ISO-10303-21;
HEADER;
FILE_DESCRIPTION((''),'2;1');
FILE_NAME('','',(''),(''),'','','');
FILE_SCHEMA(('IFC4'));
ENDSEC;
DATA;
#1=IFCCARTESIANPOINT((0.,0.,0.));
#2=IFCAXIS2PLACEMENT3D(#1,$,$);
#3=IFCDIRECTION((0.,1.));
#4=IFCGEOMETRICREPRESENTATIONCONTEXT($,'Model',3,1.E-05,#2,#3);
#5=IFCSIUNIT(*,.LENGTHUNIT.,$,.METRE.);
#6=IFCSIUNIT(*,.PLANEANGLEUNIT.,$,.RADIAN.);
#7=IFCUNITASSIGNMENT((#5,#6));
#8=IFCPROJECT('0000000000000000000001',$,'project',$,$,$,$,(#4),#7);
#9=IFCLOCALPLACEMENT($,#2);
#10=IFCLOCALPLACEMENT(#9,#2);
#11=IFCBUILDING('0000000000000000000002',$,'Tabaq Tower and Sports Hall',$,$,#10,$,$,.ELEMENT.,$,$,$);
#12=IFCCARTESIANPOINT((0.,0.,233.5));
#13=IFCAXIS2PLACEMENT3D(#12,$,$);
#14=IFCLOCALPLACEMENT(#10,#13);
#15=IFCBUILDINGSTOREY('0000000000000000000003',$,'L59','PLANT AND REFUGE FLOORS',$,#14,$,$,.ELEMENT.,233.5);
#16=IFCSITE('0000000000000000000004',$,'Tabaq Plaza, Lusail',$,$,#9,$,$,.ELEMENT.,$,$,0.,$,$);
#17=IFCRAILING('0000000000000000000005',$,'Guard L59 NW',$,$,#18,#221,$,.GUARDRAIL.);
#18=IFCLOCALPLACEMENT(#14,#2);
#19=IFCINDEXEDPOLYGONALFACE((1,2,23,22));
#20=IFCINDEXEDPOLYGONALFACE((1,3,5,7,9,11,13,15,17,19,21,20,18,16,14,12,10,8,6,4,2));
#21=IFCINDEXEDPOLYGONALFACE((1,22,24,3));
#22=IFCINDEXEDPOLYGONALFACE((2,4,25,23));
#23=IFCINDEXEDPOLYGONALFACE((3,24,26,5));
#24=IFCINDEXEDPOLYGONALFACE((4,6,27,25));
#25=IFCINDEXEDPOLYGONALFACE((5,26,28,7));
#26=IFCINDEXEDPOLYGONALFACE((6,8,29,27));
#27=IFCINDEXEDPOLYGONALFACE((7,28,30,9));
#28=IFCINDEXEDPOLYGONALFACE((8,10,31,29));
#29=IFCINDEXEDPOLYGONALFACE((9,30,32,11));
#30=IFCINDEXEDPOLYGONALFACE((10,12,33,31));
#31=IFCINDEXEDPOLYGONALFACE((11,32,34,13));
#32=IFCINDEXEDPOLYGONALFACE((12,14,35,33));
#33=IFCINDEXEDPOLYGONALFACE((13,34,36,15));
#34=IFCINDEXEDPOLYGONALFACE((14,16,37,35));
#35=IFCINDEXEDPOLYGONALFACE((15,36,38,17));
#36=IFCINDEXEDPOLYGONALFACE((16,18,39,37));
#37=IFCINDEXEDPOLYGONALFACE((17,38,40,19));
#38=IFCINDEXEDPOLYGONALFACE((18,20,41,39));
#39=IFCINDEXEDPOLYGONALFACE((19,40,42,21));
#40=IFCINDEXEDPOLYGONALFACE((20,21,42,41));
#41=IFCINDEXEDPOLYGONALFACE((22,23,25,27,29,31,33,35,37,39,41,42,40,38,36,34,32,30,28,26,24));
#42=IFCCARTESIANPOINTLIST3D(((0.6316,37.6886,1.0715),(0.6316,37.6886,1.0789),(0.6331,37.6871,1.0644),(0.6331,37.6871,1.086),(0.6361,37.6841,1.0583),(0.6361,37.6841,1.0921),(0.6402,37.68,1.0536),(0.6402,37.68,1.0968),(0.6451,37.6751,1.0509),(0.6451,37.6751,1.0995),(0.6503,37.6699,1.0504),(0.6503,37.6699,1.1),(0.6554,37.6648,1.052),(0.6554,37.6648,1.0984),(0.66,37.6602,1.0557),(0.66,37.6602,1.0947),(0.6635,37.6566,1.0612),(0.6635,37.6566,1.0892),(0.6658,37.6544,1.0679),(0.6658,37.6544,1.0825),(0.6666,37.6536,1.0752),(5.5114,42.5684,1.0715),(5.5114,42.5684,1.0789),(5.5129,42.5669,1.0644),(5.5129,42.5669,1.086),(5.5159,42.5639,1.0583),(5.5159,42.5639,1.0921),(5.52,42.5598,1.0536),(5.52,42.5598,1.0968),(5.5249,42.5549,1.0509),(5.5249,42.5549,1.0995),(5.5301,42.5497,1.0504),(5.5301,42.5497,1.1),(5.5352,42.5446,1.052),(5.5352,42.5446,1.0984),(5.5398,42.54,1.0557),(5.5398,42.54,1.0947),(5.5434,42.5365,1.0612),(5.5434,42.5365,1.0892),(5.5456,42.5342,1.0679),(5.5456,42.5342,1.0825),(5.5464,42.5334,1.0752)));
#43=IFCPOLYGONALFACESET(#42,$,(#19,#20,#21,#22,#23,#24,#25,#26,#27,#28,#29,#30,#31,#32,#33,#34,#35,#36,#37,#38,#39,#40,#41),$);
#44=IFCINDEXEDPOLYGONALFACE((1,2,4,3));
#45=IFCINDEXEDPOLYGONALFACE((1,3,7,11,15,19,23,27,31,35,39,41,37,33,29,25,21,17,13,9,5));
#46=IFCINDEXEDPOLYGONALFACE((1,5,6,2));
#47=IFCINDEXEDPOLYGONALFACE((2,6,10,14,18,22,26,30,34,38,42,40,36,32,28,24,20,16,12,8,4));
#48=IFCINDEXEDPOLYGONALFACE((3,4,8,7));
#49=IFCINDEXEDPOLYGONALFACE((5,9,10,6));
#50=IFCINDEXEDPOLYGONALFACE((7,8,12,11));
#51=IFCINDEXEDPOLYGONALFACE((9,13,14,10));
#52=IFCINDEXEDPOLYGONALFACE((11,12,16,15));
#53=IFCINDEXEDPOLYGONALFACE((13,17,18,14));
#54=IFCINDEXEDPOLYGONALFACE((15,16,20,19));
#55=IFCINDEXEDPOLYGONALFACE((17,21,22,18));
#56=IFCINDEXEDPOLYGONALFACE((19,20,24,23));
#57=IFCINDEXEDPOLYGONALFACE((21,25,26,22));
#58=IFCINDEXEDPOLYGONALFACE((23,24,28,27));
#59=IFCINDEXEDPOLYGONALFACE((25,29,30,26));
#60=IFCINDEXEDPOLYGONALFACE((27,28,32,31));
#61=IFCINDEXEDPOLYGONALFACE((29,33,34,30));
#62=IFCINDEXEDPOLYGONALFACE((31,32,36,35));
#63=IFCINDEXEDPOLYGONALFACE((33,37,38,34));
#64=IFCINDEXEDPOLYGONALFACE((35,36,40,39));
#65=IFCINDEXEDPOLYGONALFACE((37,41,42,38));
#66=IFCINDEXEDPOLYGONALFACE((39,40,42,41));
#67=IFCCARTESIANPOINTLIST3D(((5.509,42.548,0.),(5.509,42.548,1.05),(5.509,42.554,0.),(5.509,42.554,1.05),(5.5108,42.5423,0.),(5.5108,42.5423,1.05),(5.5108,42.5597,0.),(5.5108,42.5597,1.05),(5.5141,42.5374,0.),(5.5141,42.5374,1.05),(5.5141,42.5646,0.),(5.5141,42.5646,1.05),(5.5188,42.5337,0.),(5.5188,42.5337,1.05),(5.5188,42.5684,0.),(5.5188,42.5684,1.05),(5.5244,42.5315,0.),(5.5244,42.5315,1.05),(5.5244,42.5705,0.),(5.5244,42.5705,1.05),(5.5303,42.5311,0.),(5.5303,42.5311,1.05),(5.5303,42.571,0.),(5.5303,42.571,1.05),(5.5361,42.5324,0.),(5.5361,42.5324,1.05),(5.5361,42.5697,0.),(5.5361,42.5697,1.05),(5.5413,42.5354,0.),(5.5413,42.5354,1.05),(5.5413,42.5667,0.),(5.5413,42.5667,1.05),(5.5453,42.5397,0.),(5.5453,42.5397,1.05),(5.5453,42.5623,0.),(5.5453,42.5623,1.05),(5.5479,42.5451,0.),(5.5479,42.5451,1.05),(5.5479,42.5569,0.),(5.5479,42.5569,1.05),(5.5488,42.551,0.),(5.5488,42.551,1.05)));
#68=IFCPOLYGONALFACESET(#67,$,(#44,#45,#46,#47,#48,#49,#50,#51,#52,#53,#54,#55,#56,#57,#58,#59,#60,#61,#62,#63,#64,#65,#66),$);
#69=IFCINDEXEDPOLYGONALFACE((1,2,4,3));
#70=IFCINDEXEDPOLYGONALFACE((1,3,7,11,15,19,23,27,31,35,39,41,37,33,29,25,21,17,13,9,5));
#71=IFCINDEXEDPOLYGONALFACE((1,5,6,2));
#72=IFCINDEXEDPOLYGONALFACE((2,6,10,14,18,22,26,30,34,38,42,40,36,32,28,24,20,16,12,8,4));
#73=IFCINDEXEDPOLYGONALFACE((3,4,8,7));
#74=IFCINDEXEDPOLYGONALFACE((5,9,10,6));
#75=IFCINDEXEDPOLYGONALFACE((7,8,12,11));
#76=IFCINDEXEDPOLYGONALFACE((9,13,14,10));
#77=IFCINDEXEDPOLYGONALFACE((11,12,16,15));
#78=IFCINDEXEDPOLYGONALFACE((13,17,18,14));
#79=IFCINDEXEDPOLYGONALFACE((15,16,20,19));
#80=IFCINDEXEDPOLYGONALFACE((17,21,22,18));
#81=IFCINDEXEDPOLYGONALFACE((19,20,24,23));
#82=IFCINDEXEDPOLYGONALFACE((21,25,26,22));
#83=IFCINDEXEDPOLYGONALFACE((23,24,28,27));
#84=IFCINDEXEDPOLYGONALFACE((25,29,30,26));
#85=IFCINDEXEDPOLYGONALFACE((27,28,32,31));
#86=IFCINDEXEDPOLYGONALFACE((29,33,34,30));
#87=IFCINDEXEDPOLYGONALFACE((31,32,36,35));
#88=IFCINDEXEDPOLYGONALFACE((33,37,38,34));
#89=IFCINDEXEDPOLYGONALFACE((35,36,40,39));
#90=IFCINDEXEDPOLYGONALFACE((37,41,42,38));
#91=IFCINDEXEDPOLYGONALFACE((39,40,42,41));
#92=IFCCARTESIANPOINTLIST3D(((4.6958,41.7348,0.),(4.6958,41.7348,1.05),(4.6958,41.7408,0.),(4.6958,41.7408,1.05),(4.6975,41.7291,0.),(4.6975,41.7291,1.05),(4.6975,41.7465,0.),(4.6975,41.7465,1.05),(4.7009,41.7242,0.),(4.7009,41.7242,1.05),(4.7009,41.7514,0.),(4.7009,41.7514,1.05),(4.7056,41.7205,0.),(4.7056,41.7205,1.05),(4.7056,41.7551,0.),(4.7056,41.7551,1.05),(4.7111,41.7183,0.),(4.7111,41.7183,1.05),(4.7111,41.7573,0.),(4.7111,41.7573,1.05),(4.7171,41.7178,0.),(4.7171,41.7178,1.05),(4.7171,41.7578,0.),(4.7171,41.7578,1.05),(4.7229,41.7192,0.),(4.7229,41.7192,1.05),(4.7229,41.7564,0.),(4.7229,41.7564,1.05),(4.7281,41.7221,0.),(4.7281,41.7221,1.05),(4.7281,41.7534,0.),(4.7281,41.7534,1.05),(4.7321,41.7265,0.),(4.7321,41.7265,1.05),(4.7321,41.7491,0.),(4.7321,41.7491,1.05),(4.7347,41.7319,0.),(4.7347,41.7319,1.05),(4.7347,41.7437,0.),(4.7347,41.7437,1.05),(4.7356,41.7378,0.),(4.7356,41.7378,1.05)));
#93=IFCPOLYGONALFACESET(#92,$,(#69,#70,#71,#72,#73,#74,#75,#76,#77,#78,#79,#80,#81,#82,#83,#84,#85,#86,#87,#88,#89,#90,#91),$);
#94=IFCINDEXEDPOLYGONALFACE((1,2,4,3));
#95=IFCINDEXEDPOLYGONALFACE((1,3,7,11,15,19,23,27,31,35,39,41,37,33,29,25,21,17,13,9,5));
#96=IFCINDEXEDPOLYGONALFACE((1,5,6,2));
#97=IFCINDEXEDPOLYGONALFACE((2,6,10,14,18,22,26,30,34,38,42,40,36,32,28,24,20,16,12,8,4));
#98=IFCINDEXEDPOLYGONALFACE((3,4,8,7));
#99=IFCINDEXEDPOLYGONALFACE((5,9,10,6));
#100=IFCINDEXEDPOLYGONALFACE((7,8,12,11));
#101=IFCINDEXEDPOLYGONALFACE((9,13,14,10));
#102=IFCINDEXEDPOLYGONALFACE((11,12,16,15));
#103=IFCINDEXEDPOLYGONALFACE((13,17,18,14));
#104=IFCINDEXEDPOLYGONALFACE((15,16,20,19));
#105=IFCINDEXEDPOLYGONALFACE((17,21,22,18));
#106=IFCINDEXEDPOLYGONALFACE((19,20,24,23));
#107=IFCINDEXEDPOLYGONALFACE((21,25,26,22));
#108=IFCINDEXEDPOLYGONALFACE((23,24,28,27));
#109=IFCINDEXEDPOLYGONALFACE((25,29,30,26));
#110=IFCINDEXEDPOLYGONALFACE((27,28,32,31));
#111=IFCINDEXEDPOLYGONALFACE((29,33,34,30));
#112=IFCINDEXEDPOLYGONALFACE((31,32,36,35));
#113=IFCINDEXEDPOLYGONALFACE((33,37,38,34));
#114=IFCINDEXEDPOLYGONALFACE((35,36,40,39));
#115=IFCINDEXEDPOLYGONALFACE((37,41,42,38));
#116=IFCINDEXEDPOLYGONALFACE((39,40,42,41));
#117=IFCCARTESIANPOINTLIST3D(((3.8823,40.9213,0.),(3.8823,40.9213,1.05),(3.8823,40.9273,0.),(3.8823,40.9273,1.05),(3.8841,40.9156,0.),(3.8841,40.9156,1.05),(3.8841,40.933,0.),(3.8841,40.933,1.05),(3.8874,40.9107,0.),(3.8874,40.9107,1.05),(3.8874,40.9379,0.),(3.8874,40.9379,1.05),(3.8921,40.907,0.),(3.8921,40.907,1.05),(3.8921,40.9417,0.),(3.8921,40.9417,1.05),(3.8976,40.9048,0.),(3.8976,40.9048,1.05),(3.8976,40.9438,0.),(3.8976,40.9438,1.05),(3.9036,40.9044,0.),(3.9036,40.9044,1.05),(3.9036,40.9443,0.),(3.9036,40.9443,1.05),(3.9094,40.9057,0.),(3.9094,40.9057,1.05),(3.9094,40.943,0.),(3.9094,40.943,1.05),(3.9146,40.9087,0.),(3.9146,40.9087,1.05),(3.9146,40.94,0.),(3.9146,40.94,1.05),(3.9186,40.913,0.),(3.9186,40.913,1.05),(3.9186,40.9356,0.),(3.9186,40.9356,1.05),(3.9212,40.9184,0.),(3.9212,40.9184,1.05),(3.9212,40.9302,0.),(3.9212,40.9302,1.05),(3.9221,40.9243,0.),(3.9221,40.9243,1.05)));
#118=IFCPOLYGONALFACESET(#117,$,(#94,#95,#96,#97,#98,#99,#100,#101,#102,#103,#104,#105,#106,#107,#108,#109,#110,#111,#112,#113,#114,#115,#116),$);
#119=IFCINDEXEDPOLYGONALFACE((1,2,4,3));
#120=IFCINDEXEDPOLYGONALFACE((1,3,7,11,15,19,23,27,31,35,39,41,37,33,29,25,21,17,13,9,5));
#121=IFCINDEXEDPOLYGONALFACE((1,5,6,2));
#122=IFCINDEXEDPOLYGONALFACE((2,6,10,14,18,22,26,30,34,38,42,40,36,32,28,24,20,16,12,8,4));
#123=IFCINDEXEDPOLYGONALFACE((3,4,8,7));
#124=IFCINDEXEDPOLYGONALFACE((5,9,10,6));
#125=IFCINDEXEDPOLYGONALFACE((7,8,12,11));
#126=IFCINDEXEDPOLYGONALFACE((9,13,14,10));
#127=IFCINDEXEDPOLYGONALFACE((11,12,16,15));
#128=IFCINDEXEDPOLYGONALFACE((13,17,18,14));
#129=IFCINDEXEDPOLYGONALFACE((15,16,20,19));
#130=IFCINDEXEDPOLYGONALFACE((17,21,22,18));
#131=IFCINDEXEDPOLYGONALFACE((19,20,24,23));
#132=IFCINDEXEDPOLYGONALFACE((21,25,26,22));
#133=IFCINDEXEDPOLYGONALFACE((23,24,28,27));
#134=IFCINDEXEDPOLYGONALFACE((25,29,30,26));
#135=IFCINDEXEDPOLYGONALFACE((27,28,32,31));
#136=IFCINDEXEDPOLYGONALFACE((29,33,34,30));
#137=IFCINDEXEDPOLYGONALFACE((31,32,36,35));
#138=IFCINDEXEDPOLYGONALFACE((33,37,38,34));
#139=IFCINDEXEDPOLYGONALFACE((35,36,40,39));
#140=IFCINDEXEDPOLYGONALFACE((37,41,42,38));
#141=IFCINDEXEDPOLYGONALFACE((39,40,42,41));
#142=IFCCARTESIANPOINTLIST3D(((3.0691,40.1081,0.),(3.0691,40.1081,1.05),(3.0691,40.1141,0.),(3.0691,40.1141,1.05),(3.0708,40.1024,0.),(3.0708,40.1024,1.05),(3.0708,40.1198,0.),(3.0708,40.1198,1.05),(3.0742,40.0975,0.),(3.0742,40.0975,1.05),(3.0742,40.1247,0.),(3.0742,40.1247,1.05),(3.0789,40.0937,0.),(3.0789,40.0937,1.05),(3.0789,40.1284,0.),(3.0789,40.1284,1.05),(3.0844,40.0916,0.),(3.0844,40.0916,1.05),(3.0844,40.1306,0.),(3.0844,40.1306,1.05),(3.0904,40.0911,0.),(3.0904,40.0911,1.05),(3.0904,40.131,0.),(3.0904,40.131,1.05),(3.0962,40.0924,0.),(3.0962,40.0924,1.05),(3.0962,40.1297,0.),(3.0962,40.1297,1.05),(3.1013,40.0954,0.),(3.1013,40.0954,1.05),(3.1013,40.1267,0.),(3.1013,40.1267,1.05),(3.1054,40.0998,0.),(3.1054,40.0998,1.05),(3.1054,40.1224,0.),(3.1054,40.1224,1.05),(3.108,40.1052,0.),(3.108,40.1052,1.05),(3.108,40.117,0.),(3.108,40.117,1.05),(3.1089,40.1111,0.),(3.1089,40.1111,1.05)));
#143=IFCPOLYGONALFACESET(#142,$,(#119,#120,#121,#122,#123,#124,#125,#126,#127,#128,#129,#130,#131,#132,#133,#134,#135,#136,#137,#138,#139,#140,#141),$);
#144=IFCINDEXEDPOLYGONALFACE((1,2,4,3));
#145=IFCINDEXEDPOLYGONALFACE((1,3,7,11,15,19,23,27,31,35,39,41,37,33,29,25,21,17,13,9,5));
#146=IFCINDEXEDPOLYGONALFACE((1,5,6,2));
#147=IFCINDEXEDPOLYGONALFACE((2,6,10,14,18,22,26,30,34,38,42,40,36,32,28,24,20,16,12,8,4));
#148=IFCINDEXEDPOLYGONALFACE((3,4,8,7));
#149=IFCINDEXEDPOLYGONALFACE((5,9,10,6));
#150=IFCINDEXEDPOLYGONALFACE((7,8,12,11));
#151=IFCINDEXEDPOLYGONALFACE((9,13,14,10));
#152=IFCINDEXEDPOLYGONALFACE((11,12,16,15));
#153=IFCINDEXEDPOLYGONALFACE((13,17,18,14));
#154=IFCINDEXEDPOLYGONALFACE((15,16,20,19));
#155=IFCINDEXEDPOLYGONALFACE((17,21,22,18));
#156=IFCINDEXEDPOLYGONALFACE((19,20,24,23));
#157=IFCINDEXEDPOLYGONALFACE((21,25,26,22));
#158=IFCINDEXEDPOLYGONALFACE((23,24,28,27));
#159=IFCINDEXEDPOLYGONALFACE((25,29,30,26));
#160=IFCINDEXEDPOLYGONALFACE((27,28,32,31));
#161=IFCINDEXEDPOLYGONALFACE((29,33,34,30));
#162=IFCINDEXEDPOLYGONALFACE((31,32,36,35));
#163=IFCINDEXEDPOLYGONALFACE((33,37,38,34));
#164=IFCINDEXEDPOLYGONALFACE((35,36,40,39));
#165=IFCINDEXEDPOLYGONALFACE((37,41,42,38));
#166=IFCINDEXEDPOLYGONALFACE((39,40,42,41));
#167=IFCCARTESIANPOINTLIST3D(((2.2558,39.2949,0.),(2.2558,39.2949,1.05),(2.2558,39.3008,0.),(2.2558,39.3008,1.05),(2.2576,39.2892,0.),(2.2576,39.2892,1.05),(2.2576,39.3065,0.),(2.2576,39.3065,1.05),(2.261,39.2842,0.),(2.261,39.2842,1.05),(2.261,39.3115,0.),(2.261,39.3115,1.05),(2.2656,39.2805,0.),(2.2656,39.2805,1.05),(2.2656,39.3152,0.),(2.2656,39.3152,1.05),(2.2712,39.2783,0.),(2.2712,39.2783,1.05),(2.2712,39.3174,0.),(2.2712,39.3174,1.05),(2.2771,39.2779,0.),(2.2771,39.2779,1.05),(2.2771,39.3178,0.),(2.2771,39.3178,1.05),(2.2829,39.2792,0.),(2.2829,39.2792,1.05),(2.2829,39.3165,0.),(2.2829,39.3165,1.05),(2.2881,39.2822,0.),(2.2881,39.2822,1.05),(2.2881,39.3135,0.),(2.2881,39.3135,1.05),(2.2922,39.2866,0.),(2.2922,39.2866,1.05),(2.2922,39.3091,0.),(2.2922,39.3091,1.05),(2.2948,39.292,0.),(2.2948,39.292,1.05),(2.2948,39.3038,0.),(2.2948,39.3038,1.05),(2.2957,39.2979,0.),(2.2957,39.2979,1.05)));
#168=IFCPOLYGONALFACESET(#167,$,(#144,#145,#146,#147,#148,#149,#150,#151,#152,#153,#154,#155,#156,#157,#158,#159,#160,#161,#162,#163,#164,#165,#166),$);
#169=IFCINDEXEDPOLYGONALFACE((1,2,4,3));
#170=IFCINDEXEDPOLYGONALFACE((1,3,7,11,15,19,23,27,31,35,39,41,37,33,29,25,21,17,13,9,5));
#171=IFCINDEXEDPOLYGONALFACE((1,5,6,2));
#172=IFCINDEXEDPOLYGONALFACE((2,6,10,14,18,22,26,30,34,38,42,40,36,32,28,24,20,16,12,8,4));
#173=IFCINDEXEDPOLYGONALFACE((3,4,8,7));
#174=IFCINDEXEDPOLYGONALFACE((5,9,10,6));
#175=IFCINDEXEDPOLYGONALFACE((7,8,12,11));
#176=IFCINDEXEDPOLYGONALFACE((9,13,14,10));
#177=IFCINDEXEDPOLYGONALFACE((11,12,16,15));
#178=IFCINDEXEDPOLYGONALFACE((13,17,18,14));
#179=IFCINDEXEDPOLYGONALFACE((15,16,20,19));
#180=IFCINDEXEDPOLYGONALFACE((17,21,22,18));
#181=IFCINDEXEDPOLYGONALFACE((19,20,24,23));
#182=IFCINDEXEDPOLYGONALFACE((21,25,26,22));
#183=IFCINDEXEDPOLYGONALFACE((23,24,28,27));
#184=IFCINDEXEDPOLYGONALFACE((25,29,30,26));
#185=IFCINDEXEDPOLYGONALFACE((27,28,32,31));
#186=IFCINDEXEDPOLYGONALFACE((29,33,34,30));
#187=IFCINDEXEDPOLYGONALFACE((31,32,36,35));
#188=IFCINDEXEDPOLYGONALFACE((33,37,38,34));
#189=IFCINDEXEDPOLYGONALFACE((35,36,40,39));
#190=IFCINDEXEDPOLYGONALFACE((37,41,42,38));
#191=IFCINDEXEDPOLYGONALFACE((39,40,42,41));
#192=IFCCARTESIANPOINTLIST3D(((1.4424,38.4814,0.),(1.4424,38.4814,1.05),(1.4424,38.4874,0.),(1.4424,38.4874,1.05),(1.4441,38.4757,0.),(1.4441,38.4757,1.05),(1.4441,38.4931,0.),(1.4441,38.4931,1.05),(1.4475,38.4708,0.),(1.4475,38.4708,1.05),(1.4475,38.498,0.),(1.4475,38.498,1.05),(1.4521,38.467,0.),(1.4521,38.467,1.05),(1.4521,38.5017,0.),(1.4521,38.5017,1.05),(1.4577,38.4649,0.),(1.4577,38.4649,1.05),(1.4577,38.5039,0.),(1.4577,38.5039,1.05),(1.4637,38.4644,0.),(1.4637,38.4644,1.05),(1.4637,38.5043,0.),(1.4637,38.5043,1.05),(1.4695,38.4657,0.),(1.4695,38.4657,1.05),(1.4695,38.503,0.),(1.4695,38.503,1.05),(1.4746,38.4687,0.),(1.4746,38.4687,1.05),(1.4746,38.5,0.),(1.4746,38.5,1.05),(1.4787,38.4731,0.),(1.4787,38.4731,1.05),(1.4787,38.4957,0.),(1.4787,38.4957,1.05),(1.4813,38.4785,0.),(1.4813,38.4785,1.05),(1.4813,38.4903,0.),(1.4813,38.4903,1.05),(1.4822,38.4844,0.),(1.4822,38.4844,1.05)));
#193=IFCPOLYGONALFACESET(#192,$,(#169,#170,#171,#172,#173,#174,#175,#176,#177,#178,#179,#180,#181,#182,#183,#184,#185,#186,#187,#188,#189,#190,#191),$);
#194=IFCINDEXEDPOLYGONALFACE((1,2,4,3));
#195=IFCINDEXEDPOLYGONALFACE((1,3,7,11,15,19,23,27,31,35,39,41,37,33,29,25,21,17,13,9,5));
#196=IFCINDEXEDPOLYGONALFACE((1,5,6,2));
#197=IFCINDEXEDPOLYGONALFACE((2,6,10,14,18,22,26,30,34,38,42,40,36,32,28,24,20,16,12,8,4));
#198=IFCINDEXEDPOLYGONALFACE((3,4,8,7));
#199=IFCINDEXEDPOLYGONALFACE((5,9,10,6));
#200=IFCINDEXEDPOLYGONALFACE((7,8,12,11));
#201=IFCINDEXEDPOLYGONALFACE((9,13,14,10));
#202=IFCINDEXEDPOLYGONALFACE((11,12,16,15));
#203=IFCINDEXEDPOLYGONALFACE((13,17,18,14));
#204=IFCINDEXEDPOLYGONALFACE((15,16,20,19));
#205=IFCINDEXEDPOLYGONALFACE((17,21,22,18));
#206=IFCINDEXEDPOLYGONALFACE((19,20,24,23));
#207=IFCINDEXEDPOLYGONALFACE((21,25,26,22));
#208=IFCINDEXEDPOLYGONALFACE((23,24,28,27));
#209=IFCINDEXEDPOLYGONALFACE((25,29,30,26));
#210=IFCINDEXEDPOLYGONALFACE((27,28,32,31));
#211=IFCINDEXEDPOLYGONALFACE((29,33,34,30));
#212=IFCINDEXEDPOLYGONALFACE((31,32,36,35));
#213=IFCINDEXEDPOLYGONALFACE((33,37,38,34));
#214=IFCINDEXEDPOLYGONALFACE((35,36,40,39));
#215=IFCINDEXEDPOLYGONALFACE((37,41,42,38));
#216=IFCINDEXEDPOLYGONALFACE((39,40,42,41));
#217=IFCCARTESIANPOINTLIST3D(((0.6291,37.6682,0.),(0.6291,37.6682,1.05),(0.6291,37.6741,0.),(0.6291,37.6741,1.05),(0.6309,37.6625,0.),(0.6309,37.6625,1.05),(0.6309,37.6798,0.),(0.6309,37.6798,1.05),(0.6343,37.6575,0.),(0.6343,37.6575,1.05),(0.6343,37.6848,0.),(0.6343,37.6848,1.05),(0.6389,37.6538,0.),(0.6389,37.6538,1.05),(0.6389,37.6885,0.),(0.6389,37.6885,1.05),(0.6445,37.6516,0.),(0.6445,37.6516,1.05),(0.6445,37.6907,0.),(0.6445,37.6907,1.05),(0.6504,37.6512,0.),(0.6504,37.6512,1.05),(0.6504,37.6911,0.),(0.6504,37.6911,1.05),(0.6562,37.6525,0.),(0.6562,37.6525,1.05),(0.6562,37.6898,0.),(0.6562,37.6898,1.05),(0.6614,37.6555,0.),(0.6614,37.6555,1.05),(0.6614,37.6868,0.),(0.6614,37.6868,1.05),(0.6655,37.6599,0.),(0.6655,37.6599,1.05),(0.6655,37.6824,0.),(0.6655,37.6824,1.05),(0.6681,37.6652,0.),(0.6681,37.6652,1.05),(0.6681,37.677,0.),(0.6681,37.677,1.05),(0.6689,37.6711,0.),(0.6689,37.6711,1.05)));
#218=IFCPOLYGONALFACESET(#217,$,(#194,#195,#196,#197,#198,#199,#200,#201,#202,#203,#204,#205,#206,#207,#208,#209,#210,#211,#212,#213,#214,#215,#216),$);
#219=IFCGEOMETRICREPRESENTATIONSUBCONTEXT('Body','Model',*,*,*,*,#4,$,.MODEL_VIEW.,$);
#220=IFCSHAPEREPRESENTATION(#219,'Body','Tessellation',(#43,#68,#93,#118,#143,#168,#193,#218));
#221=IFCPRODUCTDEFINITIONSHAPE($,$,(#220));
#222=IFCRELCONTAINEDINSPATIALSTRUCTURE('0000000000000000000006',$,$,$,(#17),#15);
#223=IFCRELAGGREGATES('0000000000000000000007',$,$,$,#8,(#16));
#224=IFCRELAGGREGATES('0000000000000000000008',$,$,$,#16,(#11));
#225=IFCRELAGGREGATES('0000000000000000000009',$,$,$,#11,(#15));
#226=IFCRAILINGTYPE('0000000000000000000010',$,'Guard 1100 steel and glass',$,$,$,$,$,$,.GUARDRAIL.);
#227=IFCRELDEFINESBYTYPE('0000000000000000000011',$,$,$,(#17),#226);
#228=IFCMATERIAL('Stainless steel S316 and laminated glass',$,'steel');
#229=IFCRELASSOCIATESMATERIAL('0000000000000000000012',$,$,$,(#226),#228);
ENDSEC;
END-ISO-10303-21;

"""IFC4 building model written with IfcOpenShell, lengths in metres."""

from ifc_helpers import new_model, si_unit, direction, frame, origin, origin_2d, place, context, subcontext, project, spatial, circle, extrude, material, type_object, element, save


model = new_model("IFC4")

# Units and contexts
model_context = context("Model", 3, precision=1e-05, world=origin(), true_north=direction((0.0, 1.0)))
body_context = subcontext(model_context, "Body", "Model", "MODEL_VIEW")
ifc_project = project(units=[si_unit("LENGTHUNIT", "METRE"), si_unit("PLANEANGLEUNIT", "RADIAN")], contexts=[model_context])

# Site, building, storey
site_placement = place(None, origin())
site = spatial("IfcSite", under=ifc_project, at=site_placement, Name="Tabaq Plaza, Lusail", CompositionType="ELEMENT", RefElevation=0.0)
building_placement = place(site_placement, origin())
building = spatial("IfcBuilding", under=site, at=building_placement, Name="Tabaq Tower and Sports Hall", CompositionType="ELEMENT")
storey_placement = place(building_placement, frame((0.0, 0.0, 233.5)))
storey = spatial("IfcBuildingStorey", under=building, at=storey_placement, Name="L59", Description="PLANT AND REFUGE FLOORS", CompositionType="ELEMENT", Elevation=233.5)

# Railing
ifc_material_1 = material(Name="Stainless steel S316 and laminated glass", Category="steel")
railing_type = type_object("IfcRailingType", Name="Guard 1100 steel and glass", PredefinedType="GUARDRAIL", material=ifc_material_1)
railing_1_placement = place(storey_placement, frame((5.5288, 42.551, 0.0)))
element("IfcRailing", 1, at=railing_1_placement, inside=storey, type_object=railing_type, Name="Guard L59 NW", PredefinedType="GUARDRAIL", context=body_context, shape_type="SweptSolid", body=[
    extrude(circle(Radius=0.0249, at=origin_2d()), frame((0.0, 0.0, 1.0752), z_axis=(-0.707107, -0.707107, 0.0), x_axis=(0.707107, -0.707107, 0.0)), (0.0, 0.0, 1.0), 6.9011),
    extrude(circle(Radius=0.02, at=origin_2d()), origin(), (0.0, 0.0, 1.0), 1.05),
    extrude(circle(Radius=0.02, at=origin_2d()), frame((-0.8132, -0.8132, 0.0)), (0.0, 0.0, 1.0), 1.05),
    extrude(circle(Radius=0.02, at=origin_2d()), frame((-1.6267, -1.6267, 0.0)), (0.0, 0.0, 1.0), 1.05),
    extrude(circle(Radius=0.02, at=origin_2d()), frame((-2.4399, -2.4399, 0.0)), (0.0, 0.0, 1.0), 1.05),
    extrude(circle(Radius=0.02, at=origin_2d()), frame((-3.2532, -3.2532, 0.0)), (0.0, 0.0, 1.0), 1.05),
    extrude(circle(Radius=0.02, at=origin_2d()), frame((-4.0667, -4.0667, 0.0)), (0.0, 0.0, 1.0), 1.05),
    extrude(circle(Radius=0.02, at=origin_2d()), frame((-4.8799, -4.8799, 0.0)), (0.0, 0.0, 1.0), 1.05),
])

save(model, "model.ifc")
